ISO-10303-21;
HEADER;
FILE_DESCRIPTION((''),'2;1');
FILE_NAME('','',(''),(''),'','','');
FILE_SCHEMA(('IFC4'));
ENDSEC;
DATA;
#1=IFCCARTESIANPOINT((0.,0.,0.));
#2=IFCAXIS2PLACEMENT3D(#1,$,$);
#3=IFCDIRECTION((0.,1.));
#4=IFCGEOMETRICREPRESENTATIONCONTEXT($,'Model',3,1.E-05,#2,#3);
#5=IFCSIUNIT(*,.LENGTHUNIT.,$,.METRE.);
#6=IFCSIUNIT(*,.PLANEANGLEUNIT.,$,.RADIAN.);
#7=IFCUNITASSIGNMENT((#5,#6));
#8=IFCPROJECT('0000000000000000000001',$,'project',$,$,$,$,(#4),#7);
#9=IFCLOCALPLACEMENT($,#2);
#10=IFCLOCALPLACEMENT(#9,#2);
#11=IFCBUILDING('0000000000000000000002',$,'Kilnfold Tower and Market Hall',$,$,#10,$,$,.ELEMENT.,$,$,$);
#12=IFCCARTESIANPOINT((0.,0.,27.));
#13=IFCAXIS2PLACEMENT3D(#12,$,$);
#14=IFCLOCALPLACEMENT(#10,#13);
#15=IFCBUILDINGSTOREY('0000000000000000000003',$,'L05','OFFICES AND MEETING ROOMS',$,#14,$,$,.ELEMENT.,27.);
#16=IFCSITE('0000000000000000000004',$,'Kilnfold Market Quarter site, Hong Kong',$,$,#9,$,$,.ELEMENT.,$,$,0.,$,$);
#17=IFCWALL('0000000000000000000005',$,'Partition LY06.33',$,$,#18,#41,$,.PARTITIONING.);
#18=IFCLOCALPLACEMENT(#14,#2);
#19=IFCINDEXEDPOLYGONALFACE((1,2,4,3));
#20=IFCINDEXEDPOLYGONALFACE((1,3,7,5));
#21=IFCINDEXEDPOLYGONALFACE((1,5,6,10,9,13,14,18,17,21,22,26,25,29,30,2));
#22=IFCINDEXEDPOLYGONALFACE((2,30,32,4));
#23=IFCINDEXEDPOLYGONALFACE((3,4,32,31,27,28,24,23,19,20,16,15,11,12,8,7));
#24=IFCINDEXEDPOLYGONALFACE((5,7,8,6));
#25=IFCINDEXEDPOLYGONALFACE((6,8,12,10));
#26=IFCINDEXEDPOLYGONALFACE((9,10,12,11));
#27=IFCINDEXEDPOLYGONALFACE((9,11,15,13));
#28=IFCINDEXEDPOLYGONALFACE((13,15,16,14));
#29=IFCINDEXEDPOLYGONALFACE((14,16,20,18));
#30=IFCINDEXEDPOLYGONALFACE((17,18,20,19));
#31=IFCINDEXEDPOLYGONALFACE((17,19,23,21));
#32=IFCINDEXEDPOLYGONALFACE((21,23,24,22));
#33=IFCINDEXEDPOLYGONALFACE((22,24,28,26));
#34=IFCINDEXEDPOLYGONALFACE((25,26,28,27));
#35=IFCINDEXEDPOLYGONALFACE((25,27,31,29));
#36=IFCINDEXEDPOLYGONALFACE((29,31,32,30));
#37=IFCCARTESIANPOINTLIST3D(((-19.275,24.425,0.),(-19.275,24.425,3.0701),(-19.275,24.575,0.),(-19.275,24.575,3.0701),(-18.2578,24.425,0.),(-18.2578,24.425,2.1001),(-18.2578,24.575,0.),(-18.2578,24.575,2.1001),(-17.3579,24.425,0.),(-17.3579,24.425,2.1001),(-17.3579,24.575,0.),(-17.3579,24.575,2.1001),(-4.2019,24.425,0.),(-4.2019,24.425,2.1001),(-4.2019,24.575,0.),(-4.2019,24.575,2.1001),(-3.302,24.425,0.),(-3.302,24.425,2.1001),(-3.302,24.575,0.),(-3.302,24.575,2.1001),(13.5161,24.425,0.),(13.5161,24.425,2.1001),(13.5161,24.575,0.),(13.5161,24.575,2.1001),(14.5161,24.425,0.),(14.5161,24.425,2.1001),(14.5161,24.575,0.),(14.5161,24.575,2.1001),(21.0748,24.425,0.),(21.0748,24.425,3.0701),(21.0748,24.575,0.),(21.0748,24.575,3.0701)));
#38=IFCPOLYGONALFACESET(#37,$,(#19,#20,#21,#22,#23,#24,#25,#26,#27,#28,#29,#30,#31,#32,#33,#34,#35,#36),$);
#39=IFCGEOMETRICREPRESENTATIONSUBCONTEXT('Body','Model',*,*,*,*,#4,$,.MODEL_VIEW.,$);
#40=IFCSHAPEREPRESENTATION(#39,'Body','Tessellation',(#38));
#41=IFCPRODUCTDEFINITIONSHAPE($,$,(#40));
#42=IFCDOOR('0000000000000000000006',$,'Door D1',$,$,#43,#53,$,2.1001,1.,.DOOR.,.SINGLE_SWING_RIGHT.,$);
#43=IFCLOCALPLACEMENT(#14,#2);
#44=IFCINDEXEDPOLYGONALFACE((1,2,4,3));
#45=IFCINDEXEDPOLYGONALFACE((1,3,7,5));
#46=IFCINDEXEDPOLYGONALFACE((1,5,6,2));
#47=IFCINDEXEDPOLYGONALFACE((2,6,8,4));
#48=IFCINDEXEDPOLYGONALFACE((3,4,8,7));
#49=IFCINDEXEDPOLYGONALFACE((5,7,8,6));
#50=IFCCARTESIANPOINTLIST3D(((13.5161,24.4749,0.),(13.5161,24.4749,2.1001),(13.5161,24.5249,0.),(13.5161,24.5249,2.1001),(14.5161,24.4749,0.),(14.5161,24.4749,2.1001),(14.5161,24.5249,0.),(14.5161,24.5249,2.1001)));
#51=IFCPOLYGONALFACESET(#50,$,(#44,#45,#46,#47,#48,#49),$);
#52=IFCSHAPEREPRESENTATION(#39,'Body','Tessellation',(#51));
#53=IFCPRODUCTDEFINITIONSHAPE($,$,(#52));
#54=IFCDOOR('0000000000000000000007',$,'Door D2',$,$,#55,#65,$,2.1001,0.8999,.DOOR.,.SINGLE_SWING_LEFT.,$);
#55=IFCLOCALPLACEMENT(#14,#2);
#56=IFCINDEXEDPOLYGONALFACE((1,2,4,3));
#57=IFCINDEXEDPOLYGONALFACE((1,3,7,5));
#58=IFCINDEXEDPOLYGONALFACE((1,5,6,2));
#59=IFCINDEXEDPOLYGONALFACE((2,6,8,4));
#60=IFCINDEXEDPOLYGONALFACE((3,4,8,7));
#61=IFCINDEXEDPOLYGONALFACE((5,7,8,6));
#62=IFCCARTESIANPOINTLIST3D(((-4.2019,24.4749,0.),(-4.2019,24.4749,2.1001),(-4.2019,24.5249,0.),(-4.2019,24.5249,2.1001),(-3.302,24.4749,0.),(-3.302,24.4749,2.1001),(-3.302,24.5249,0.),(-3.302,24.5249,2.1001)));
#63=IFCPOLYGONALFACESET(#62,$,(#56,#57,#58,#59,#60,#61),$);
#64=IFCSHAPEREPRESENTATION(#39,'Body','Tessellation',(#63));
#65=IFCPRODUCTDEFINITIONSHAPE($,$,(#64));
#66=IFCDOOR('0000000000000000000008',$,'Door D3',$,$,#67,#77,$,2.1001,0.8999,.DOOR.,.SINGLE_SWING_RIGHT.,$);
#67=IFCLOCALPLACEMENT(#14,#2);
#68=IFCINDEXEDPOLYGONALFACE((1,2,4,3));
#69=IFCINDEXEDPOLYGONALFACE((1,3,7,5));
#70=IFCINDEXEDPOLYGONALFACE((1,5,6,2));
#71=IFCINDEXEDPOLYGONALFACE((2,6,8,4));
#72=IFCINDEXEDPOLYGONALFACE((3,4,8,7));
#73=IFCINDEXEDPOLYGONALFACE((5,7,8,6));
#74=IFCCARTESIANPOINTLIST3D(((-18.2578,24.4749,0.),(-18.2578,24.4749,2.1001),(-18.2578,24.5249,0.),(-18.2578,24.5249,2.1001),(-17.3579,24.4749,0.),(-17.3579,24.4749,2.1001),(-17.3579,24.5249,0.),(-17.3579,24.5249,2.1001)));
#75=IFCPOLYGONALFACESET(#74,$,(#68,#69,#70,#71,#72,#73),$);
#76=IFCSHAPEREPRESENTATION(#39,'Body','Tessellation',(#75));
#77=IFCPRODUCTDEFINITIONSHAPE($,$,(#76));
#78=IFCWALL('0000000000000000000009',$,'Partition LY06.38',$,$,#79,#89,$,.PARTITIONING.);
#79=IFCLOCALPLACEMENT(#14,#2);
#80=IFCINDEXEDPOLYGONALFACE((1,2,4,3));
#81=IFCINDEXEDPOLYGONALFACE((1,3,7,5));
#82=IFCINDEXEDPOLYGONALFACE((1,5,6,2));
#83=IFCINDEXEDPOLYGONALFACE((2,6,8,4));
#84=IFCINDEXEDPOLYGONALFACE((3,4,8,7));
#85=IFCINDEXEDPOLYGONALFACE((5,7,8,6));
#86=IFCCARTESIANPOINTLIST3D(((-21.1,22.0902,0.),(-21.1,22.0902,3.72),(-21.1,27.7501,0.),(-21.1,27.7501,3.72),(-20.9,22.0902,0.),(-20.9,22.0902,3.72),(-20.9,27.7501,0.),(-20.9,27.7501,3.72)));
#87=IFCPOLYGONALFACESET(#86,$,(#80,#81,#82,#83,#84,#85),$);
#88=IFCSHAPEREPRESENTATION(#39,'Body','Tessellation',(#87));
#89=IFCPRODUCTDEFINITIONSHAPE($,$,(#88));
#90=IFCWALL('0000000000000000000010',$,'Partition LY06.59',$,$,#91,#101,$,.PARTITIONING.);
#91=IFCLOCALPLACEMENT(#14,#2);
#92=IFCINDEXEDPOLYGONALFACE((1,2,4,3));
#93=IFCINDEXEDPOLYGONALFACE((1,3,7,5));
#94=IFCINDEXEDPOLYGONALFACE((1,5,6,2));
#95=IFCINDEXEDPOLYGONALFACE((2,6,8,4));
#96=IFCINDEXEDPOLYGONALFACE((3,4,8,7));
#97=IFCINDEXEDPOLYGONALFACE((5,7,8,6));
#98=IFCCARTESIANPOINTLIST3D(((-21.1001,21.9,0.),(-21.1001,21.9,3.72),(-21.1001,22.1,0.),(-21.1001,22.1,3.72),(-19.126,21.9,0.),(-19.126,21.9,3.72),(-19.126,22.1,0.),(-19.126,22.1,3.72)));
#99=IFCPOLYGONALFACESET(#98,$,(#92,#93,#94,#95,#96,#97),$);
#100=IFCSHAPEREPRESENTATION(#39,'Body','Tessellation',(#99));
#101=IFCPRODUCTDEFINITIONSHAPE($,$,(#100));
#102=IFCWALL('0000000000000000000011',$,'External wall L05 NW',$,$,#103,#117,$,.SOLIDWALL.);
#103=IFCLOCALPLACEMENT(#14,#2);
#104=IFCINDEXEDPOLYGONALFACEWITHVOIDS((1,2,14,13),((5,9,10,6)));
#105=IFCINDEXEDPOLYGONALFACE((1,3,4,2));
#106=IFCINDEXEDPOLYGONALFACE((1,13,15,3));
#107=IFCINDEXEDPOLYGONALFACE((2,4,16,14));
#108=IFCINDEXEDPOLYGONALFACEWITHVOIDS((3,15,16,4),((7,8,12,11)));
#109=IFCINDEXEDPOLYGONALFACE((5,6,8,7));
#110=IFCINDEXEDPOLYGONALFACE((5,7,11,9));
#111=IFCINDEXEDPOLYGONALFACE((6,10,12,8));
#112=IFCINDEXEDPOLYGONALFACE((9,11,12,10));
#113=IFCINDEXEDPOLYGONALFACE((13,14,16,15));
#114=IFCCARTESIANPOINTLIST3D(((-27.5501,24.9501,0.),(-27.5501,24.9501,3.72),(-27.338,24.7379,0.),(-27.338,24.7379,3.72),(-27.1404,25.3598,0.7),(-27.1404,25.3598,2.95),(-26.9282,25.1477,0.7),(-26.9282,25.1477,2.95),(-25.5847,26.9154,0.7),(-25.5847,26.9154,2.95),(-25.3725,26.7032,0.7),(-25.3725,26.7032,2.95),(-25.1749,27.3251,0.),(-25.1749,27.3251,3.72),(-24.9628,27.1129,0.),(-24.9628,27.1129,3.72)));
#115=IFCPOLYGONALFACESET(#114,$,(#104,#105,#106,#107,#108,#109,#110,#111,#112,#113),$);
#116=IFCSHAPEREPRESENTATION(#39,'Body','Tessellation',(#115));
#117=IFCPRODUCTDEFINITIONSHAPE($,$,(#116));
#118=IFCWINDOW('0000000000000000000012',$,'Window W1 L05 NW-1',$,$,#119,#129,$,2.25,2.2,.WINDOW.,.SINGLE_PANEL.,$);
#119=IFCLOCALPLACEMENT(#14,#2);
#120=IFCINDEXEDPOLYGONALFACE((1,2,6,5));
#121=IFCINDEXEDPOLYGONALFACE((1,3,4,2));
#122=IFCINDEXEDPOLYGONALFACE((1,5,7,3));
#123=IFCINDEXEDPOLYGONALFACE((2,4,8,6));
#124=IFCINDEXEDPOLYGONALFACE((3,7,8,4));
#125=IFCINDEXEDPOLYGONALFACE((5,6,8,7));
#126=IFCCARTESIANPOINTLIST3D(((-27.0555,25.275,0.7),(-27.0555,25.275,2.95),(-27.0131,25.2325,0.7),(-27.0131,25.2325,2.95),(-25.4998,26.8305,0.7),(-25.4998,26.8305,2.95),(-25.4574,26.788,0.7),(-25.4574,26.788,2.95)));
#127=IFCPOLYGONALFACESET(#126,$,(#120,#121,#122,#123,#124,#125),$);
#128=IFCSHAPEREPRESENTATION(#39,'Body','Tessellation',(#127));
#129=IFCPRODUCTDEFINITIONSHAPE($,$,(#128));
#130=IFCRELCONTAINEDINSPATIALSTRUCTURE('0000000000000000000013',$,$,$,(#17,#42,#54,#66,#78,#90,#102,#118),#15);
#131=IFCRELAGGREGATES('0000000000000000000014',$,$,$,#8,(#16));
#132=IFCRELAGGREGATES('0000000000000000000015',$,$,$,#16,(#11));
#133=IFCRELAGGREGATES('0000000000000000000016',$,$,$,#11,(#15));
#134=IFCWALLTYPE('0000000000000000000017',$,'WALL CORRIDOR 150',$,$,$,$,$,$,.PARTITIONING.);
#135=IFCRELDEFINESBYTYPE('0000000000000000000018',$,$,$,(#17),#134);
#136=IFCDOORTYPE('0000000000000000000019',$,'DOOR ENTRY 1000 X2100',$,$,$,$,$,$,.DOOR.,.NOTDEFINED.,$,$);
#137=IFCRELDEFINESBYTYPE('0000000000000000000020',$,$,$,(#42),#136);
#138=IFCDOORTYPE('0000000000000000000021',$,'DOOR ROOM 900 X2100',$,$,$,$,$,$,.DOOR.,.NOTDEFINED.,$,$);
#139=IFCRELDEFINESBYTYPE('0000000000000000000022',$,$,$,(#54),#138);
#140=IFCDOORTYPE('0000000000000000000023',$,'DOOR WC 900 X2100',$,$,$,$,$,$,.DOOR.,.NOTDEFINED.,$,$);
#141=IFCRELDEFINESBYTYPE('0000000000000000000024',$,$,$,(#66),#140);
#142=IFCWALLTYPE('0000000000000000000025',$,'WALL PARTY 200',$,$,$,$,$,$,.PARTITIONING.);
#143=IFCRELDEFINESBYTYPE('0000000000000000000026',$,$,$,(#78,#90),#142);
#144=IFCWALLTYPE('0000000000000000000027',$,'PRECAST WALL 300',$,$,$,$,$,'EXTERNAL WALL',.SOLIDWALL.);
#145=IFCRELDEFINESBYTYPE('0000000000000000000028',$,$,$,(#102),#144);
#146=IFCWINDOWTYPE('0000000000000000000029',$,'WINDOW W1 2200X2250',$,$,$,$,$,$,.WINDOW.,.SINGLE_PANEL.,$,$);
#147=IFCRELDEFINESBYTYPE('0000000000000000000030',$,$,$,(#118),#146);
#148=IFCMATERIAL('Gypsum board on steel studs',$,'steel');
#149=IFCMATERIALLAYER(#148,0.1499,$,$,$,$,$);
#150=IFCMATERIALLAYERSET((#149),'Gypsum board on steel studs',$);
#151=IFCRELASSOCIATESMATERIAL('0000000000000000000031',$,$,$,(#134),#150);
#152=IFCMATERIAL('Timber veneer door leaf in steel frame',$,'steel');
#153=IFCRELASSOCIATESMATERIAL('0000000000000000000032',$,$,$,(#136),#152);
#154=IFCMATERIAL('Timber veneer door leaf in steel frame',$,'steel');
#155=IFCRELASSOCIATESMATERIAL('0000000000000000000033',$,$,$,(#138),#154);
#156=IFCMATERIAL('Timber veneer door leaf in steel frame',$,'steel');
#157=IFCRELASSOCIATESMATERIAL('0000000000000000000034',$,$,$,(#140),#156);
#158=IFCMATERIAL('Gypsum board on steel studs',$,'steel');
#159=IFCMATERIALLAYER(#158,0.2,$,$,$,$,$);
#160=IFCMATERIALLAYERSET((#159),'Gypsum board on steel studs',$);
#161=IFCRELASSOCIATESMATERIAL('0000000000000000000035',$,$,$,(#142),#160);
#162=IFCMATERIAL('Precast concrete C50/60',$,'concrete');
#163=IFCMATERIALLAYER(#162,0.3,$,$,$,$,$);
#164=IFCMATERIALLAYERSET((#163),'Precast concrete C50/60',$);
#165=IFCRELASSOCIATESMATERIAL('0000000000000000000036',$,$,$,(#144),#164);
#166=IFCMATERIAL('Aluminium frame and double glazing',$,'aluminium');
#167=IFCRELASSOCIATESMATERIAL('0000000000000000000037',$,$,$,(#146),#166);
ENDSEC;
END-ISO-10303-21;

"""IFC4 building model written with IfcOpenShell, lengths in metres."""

from ifc_helpers import new_model, si_unit, direction, frame, frame_2d, origin, place, context, subcontext, project, spatial, rectangle, extrude, source, transform, mapped, material, layer, layer_set, type_object, element, fill, save


model = new_model("IFC4")

# Units and contexts
model_context = context("Model", 3, precision=1e-05, world=origin(), true_north=direction((0.0, 1.0)))
body_context = subcontext(model_context, "Body", "Model", "MODEL_VIEW")
ifc_project = project(units=[si_unit("LENGTHUNIT", "METRE"), si_unit("PLANEANGLEUNIT", "RADIAN")], contexts=[model_context])

# Site, building, storey
site_placement = place(None, origin())
site = spatial("IfcSite", under=ifc_project, at=site_placement, Name="Kilnfold Market Quarter site, Hong Kong", CompositionType="ELEMENT", RefElevation=0.0)
building_placement = place(site_placement, origin())
building = spatial("IfcBuilding", under=site, at=building_placement, Name="Kilnfold Tower and Market Hall", CompositionType="ELEMENT")
storey_placement = place(building_placement, frame((0.0, 0.0, 27.0)))
storey = spatial("IfcBuildingStorey", under=building, at=storey_placement, Name="L05", Description="OFFICES AND MEETING ROOMS", CompositionType="ELEMENT", Elevation=27.0)

# Shared definitions
ifc_material_1 = material(Name="Gypsum board on steel studs", Category="steel")
ifc_layer_1 = layer(ifc_material_1, 0.1499)
ifc_layer_set_1 = layer_set([ifc_layer_1], Name="Gypsum board on steel studs")
wall_type_1 = type_object("IfcWallType", Name="WALL CORRIDOR 150", PredefinedType="PARTITIONING", material=ifc_layer_set_1)

# Wall, openings, doors
wall_1_placement = place(storey_placement, frame((-19.2749, 24.5, 0.0), z_axis=(0.0, 0.0, 1.0), x_axis=(1.0, 0.0, 0.0)))
wall_1 = element("IfcWall", 1, at=wall_1_placement, inside=storey, type_object=wall_type_1, Name="Partition LY06.33", PredefinedType="PARTITIONING", context=body_context, shape_type="SweptSolid", body=[
    extrude(rectangle(XDim=40.3499, YDim=0.1499, at=frame_2d((20.1748, 0.0))), origin(), (0.0, 0.0, 1.0), 3.0701),
])
opening_1_placement = place(wall_1_placement, frame((1.0171, 0.0, 0.0)))
opening_1 = element("IfcOpeningElement", 2, at=opening_1_placement, cuts=wall_1, PredefinedType="OPENING", context=body_context, shape_type="SweptSolid", body=[
    extrude(rectangle(XDim=0.8999, YDim=2.1001, at=frame_2d((0.45, 1.05))), frame((0.0, 0.085, 0.0), z_axis=(0.0, -1.0, 0.0), x_axis=(1.0, 0.0, 0.0)), (0.0, 0.0, 1.0), 0.1699),
])
opening_2_placement = place(wall_1_placement, frame((15.073, 0.0, 0.0)))
opening_2 = element("IfcOpeningElement", 3, at=opening_2_placement, cuts=wall_1, PredefinedType="OPENING", context=body_context, shape_type="SweptSolid", body=[
    extrude(rectangle(XDim=0.8999, YDim=2.1001, at=frame_2d((0.45, 1.05))), frame((0.0, 0.085, 0.0), z_axis=(0.0, -1.0, 0.0), x_axis=(1.0, 0.0, 0.0)), (0.0, 0.0, 1.0), 0.1699),
])
opening_3_placement = place(wall_1_placement, frame((32.791, 0.0, 0.0)))
opening_3 = element("IfcOpeningElement", 4, at=opening_3_placement, cuts=wall_1, PredefinedType="OPENING", context=body_context, shape_type="SweptSolid", body=[
    extrude(rectangle(XDim=1.0, YDim=2.1001, at=frame_2d((0.5, 1.05))), frame((0.0, 0.085, 0.0), z_axis=(0.0, -1.0, 0.0), x_axis=(1.0, 0.0, 0.0)), (0.0, 0.0, 1.0), 0.1699),
])
ifc_material_2 = material(Name="Timber veneer door leaf in steel frame", Category="steel")
door_type_1 = type_object("IfcDoorType", Name="DOOR ENTRY 1000 X2100", OperationType="NOTDEFINED", PredefinedType="DOOR", material=ifc_material_2)
door_1_placement = place(opening_3_placement, origin())
door_1 = element("IfcDoor", 5, at=door_1_placement, inside=storey, type_object=door_type_1, Name="Door D1", OperationType="SINGLE_SWING_RIGHT", OverallHeight=2.1001, OverallWidth=1.0, PredefinedType="DOOR", context=body_context, shape_type="SweptSolid", body=[
    extrude(rectangle(XDim=1.0, YDim=2.1001, at=frame_2d((0.5, 1.05))), frame((0.0, 0.0249, 0.0), z_axis=(0.0, -1.0, 0.0), x_axis=(1.0, 0.0, 0.0)), (0.0, 0.0, 1.0), 0.05),
])
fill(opening_3, door_1)
ifc_material_3 = material(Name="Timber veneer door leaf in steel frame", Category="steel")
door_type_2 = type_object("IfcDoorType", Name="DOOR ROOM 900 X2100", OperationType="NOTDEFINED", PredefinedType="DOOR", material=ifc_material_3)
door_2_placement = place(opening_2_placement, origin())
door_2 = element("IfcDoor", 6, at=door_2_placement, inside=storey, type_object=door_type_2, Name="Door D2", OperationType="SINGLE_SWING_LEFT", OverallHeight=2.1001, OverallWidth=0.8999, PredefinedType="DOOR", context=body_context, shape_type="SweptSolid", body=[
    extrude(rectangle(XDim=0.8999, YDim=2.1001, at=frame_2d((0.45, 1.05))), frame((0.0, 0.0249, 0.0), z_axis=(0.0, -1.0, 0.0), x_axis=(1.0, 0.0, 0.0)), (0.0, 0.0, 1.0), 0.05),
])
fill(opening_2, door_2)
ifc_material_4 = material(Name="Timber veneer door leaf in steel frame", Category="steel")
door_type_3 = type_object("IfcDoorType", Name="DOOR WC 900 X2100", OperationType="NOTDEFINED", PredefinedType="DOOR", material=ifc_material_4)
door_3_placement = place(opening_1_placement, origin())
door_3 = element("IfcDoor", 7, at=door_3_placement, inside=storey, type_object=door_type_3, Name="Door D3", OperationType="SINGLE_SWING_RIGHT", OverallHeight=2.1001, OverallWidth=0.8999, PredefinedType="DOOR", context=body_context, shape_type="SweptSolid", body=[
    extrude(rectangle(XDim=0.8999, YDim=2.1001, at=frame_2d((0.45, 1.05))), frame((0.0, 0.0249, 0.0), z_axis=(0.0, -1.0, 0.0), x_axis=(1.0, 0.0, 0.0)), (0.0, 0.0, 1.0), 0.05),
])
fill(opening_1, door_3)

# Walls
ifc_material_5 = material(Name="Gypsum board on steel studs", Category="steel")
ifc_layer_2 = layer(ifc_material_5, 0.2)
ifc_layer_set_2 = layer_set([ifc_layer_2], Name="Gypsum board on steel studs")
wall_type_2 = type_object("IfcWallType", Name="WALL PARTY 200", PredefinedType="PARTITIONING", material=ifc_layer_set_2)
wall_2_placement = place(storey_placement, frame((-21.0, 22.0901, 0.0), z_axis=(0.0, 0.0, 1.0), x_axis=(0.0, 1.0, 0.0)))
element("IfcWall", 8, at=wall_2_placement, inside=storey, type_object=wall_type_2, Name="Partition LY06.38", PredefinedType="PARTITIONING", context=body_context, shape_type="SweptSolid", body=[
    extrude(rectangle(XDim=5.6599, YDim=0.2, at=frame_2d((2.8301, 0.0))), origin(), (0.0, 0.0, 1.0), 3.72),
])
wall_3_placement = place(storey_placement, frame((-21.1001, 22.0, 0.0), z_axis=(0.0, 0.0, 1.0), x_axis=(1.0, 0.0, 0.0)))
element("IfcWall", 9, at=wall_3_placement, inside=storey, type_object=wall_type_2, Name="Partition LY06.59", PredefinedType="PARTITIONING", context=body_context, shape_type="SweptSolid", body=[
    extrude(rectangle(XDim=1.9741, YDim=0.2, at=frame_2d((0.9871, 0.0))), origin(), (0.0, 0.0, 1.0), 3.72),
])

# Wall, opening, window
ifc_material_6 = material(Name="Precast concrete C50/60", Category="concrete")
ifc_layer_3 = layer(ifc_material_6, 0.3)
ifc_layer_set_3 = layer_set([ifc_layer_3], Name="Precast concrete C50/60")
wall_type_3 = type_object("IfcWallType", Name="PRECAST WALL 300", ElementType="EXTERNAL WALL", PredefinedType="SOLIDWALL", material=ifc_layer_set_3)
shared_shape_1 = source(origin(), body_context, "Body", "SweptSolid", [
    extrude(rectangle(XDim=3.3589, YDim=0.3, at=frame_2d((1.6794, 0.0))), origin(), (0.0, 0.0, 1.0), 3.72),
])
wall_4_placement = place(storey_placement, frame((-25.0688, 27.219, 0.0), z_axis=(0.0, 0.0, 1.0), x_axis=(-0.707143, -0.70707, 0.0)))
wall_4 = element("IfcWall", 10, at=wall_4_placement, inside=storey, type_object=wall_type_3, Name="External wall L05 NW", PredefinedType="SOLIDWALL", context=body_context, shape_type="MappedRepresentation", body=[
    mapped(shared_shape_1, transform((0.0, 0.0, 0.0))),
])
opening_4_placement = place(wall_4_placement, frame((0.5793, 0.0, 0.7)))
opening_4 = element("IfcOpeningElement", 11, at=opening_4_placement, cuts=wall_4, PredefinedType="OPENING", context=body_context, shape_type="SweptSolid", body=[
    extrude(rectangle(XDim=2.2, YDim=2.25, at=frame_2d((1.1001, 1.125))), frame((0.0, 0.1602, 0.0), z_axis=(0.0, -1.0, 0.0), x_axis=(1.0, 0.0, 0.0)), (0.0, 0.0, 1.0), 0.3201),
])
ifc_material_7 = material(Name="Aluminium frame and double glazing", Category="aluminium")
window_type = type_object("IfcWindowType", Name="WINDOW W1 2200X2250", PartitioningType="SINGLE_PANEL", PredefinedType="WINDOW", material=ifc_material_7)
window_1_placement = place(opening_4_placement, origin())
window_1 = element("IfcWindow", 12, at=window_1_placement, inside=storey, type_object=window_type, Name="Window W1 L05 NW-1", OverallHeight=2.25, OverallWidth=2.2, PartitioningType="SINGLE_PANEL", PredefinedType="WINDOW", context=body_context, shape_type="SweptSolid", body=[
    extrude(rectangle(XDim=2.2, YDim=2.25, at=frame_2d((1.1001, 1.125))), frame((0.0, 0.03, 0.0), z_axis=(0.0, -1.0, 0.0), x_axis=(1.0, 0.0, 0.0)), (0.0, 0.0, 1.0), 0.0601),
])
fill(opening_4, window_1)

save(model, "model.ifc")
